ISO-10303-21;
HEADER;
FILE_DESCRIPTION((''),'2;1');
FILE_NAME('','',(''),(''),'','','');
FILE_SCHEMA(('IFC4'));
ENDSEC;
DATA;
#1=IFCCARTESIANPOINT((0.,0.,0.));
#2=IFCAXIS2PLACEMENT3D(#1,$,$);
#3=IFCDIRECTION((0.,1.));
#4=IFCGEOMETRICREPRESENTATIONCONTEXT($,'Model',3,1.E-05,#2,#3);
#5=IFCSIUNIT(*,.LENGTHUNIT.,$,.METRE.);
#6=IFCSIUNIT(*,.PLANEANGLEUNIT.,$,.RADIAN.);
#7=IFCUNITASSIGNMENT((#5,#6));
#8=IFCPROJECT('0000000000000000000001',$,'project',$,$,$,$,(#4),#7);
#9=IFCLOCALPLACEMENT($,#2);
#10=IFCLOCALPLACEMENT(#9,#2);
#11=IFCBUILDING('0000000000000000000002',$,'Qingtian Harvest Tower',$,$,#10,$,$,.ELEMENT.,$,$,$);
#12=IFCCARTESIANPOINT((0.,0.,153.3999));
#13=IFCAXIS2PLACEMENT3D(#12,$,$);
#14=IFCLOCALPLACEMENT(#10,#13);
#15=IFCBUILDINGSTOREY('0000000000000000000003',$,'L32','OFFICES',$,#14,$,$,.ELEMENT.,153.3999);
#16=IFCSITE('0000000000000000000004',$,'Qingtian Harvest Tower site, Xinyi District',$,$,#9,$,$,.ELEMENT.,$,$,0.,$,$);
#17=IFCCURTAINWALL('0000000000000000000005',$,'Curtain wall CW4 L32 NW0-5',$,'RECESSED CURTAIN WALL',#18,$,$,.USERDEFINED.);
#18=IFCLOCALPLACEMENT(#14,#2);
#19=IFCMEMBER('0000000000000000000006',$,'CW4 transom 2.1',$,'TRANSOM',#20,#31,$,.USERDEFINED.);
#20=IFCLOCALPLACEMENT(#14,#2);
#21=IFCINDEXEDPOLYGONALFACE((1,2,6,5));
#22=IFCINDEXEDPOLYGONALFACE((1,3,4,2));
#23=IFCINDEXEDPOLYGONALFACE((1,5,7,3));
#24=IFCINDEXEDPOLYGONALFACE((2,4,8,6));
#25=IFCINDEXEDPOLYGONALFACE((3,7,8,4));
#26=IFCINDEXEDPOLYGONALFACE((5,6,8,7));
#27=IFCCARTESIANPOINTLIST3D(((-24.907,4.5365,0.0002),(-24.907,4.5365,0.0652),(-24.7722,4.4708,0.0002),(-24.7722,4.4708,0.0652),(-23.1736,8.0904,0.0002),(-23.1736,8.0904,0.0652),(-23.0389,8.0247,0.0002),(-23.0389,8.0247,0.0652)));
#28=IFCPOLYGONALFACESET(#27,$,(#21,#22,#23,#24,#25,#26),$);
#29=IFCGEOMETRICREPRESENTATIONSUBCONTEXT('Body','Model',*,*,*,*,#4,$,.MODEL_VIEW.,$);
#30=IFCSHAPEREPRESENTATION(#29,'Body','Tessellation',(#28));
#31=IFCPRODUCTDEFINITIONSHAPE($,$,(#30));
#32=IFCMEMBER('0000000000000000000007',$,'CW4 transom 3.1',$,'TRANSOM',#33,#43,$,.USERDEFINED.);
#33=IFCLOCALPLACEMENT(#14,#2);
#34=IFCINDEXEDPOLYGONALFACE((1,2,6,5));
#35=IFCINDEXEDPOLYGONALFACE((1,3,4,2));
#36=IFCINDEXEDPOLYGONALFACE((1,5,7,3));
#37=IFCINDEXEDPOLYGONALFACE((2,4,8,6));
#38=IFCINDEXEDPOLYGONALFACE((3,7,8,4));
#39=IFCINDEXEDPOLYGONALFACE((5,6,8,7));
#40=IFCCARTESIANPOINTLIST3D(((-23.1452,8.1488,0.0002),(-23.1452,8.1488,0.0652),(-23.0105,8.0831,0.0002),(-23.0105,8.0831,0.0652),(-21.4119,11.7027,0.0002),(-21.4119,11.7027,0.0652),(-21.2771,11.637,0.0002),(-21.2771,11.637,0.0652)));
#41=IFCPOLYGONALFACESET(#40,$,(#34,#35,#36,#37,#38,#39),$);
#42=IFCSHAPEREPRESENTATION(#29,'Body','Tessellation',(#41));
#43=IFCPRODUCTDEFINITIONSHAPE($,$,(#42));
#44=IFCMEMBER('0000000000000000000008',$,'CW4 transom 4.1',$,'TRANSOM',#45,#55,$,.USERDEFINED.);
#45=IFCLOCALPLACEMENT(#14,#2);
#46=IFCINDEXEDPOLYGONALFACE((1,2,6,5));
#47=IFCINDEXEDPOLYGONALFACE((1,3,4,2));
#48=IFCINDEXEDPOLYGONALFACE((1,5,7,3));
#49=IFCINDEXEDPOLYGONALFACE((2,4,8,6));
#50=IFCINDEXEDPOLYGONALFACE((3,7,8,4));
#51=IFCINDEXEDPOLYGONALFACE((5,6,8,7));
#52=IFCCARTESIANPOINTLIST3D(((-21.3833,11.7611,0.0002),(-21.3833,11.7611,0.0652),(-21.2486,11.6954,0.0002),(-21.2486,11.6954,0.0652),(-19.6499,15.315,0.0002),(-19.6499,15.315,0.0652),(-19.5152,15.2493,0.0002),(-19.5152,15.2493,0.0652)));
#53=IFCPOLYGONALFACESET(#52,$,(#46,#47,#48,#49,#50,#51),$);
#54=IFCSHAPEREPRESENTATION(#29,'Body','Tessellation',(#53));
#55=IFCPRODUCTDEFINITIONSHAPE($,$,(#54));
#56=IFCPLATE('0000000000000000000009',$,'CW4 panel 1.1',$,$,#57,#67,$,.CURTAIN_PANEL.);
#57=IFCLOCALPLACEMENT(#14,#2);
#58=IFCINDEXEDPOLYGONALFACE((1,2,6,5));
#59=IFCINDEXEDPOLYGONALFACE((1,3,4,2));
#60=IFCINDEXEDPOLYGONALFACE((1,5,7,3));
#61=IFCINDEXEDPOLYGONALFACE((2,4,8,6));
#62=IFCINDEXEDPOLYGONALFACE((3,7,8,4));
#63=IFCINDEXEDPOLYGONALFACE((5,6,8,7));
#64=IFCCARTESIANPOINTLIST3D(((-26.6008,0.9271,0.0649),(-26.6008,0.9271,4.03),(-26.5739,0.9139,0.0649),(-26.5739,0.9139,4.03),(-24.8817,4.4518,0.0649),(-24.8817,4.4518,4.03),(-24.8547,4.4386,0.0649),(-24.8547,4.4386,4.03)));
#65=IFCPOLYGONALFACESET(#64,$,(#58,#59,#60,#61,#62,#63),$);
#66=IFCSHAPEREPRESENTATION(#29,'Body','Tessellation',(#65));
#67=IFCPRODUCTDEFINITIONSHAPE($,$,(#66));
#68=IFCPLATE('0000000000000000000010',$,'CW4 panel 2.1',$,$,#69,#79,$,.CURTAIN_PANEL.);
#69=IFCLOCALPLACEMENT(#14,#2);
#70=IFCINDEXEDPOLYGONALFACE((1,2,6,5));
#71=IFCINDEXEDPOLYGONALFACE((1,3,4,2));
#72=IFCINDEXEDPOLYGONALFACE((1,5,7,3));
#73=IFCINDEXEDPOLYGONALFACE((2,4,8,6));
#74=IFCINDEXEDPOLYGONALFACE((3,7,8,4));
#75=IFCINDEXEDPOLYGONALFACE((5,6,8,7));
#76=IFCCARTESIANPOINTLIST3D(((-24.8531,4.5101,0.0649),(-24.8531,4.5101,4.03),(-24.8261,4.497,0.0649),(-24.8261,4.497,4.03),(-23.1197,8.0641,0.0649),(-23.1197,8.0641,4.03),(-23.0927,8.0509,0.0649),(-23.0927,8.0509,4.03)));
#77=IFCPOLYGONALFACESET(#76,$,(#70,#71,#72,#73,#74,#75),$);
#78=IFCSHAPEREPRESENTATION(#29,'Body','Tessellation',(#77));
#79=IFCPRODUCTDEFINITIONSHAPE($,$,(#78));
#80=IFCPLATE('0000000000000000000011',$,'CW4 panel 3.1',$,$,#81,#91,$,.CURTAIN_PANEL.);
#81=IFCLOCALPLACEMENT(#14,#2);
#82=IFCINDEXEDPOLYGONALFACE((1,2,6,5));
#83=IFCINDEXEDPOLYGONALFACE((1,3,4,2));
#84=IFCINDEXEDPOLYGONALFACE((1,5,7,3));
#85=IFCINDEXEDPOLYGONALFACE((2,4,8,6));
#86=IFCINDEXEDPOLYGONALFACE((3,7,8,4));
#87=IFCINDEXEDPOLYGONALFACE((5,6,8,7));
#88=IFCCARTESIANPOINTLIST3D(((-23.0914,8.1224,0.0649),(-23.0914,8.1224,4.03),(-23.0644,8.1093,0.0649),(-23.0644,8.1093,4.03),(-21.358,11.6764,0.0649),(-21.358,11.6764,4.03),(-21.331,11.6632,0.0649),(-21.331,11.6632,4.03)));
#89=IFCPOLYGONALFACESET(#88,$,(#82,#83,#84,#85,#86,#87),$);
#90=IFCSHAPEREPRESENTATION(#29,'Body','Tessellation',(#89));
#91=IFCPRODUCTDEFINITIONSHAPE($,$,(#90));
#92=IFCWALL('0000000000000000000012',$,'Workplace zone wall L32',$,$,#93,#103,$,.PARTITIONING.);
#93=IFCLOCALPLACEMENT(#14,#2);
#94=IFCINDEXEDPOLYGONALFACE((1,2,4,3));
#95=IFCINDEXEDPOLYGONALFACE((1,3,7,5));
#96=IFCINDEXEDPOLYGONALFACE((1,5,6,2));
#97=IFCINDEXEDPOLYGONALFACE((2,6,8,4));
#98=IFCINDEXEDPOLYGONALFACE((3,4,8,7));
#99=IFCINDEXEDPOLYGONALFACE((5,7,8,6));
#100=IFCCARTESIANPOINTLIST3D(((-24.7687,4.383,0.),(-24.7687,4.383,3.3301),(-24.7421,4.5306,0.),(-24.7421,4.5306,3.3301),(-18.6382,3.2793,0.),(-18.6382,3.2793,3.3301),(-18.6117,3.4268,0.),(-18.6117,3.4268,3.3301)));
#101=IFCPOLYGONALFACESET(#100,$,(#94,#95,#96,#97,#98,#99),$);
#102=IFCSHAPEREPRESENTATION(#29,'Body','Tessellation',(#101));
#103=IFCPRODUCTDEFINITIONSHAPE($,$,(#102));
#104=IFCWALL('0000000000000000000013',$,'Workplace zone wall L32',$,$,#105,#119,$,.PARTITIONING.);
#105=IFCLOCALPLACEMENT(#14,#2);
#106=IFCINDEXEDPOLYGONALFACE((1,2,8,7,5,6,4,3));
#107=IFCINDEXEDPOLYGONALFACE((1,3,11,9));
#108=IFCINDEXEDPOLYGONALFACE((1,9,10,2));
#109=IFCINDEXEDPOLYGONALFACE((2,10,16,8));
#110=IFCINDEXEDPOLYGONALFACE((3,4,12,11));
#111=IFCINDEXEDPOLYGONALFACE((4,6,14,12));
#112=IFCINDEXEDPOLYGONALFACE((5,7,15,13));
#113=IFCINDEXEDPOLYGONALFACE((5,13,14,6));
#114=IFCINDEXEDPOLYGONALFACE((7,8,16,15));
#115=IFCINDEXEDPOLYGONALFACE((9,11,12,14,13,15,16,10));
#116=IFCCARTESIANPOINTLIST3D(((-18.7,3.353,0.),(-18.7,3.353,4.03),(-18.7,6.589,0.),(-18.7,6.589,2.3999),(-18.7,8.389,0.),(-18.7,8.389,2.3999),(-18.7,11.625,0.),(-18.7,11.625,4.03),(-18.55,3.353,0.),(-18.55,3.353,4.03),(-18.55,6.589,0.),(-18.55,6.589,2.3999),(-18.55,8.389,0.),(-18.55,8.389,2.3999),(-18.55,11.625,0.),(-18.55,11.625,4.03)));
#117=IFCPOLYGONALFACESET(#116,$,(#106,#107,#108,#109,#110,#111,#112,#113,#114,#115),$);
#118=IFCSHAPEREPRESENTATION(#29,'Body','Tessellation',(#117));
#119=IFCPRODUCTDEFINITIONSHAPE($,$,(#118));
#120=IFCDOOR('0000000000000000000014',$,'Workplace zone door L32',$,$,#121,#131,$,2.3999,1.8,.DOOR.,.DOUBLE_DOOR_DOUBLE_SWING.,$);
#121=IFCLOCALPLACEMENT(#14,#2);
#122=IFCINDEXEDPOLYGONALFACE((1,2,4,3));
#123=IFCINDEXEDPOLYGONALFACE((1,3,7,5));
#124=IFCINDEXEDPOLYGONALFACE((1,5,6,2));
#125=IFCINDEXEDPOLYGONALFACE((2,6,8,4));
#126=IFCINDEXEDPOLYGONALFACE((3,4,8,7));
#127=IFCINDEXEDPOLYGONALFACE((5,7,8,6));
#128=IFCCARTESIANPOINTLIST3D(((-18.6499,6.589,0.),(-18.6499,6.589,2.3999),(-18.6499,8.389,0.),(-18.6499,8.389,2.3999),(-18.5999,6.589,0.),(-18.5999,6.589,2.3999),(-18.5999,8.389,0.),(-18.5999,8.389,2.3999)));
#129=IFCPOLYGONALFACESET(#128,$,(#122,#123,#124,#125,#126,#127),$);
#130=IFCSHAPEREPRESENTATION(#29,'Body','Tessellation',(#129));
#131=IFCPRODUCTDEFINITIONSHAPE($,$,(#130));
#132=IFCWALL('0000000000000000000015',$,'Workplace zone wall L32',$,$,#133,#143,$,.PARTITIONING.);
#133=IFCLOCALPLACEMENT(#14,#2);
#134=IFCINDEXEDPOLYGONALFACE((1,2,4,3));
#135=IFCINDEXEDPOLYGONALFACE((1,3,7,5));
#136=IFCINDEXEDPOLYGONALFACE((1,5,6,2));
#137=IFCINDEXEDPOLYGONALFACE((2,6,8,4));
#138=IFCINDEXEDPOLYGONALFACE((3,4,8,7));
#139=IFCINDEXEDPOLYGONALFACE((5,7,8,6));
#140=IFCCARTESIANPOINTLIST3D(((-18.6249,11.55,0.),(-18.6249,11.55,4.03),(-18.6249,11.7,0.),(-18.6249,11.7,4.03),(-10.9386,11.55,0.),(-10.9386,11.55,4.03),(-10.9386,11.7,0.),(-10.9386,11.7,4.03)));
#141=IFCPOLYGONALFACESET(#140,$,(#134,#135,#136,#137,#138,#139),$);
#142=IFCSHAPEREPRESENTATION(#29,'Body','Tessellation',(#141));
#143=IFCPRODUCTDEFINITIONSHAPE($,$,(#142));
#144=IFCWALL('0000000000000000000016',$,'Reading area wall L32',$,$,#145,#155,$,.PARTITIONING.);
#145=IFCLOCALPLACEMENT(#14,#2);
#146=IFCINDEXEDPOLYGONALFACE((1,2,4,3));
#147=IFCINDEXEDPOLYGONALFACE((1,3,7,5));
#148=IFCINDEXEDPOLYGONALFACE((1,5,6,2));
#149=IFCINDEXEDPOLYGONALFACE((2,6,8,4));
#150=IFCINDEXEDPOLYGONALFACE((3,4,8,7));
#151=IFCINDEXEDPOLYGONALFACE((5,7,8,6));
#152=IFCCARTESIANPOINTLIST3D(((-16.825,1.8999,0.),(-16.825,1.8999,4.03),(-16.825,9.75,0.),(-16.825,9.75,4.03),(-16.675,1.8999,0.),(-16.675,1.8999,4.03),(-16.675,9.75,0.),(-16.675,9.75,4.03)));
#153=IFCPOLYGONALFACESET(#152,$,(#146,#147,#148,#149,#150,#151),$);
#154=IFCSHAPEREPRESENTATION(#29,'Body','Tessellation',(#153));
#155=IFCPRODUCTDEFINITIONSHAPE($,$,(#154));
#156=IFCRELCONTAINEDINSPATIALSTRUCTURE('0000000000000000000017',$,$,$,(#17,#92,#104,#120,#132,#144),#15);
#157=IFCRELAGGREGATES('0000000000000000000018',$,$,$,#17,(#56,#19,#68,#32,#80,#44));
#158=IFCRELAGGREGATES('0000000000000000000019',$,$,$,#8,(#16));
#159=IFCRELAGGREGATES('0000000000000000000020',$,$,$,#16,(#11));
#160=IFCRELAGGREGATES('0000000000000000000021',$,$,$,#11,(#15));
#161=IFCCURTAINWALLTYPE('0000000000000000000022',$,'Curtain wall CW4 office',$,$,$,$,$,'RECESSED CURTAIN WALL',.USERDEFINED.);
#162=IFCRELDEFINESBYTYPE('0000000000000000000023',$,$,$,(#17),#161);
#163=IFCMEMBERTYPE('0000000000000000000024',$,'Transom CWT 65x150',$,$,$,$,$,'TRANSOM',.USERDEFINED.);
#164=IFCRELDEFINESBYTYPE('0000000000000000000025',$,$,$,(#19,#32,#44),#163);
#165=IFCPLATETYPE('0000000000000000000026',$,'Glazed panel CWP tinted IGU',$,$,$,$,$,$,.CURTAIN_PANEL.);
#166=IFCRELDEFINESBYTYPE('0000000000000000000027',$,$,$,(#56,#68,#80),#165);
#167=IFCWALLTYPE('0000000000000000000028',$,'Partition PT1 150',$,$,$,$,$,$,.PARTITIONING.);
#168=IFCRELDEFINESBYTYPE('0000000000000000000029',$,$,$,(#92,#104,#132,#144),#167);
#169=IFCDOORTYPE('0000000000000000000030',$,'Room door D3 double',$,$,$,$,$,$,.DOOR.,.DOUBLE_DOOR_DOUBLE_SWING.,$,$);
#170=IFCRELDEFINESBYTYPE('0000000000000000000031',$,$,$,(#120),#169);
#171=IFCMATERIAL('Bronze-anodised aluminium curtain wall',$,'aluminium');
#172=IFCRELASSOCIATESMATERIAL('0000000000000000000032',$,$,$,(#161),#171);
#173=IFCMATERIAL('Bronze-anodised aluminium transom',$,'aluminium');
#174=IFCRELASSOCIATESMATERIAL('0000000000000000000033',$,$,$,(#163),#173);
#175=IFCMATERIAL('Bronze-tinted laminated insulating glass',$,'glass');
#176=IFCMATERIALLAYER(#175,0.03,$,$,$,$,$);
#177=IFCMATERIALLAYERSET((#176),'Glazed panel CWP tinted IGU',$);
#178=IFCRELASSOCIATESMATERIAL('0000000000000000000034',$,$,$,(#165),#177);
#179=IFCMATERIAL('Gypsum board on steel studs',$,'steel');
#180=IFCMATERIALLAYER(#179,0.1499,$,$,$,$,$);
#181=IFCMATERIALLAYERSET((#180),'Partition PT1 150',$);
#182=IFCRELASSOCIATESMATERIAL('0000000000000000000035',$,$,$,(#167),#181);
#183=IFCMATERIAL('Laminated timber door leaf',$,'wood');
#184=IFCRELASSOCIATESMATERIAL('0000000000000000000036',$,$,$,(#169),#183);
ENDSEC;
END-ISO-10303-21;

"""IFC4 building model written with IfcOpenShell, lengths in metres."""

from ifc_helpers import new_model, si_unit, direction, frame, frame_2d, origin, origin_2d, place, context, subcontext, project, spatial, rectangle, extrude, material, layer, layer_set, material_profile, profile_set, type_object, element, fill, aggregate, save


model = new_model("IFC4")

# Units and contexts
model_context = context("Model", 3, precision=1e-05, world=origin(), true_north=direction((0.0, 1.0)))
body_context = subcontext(model_context, "Body", "Model", "MODEL_VIEW")
ifc_project = project(units=[si_unit("LENGTHUNIT", "METRE"), si_unit("PLANEANGLEUNIT", "RADIAN")], contexts=[model_context])

# Site, building, storey
site_placement = place(None, origin())
site = spatial("IfcSite", under=ifc_project, at=site_placement, Name="Qingtian Harvest Tower site, Xinyi District", CompositionType="ELEMENT", RefElevation=0.0)
building_placement = place(site_placement, origin())
building = spatial("IfcBuilding", under=site, at=building_placement, Name="Qingtian Harvest Tower", CompositionType="ELEMENT")
storey_placement = place(building_placement, frame((0.0, 0.0, 153.3999)))
storey = spatial("IfcBuildingStorey", under=building, at=storey_placement, Name="L32", Description="OFFICES", CompositionType="ELEMENT", Elevation=153.3999)

# Shared definitions
ifc_material_1 = material(Name="Bronze-anodised aluminium curtain wall", Category="aluminium")
curtain_wall_type = type_object("IfcCurtainWallType", Name="Curtain wall CW4 office", ElementType="RECESSED CURTAIN WALL", PredefinedType="USERDEFINED", material=ifc_material_1)

# Curtain wall
curtain_wall_1_placement = place(storey_placement, origin())
curtain_wall_1 = element("IfcCurtainWall", 1, at=curtain_wall_1_placement, inside=storey, type_object=curtain_wall_type, Name="Curtain wall CW4 L32 NW0-5", ObjectType="RECESSED CURTAIN WALL", PredefinedType="USERDEFINED")

# Members
ifc_material_2 = material(Name="Bronze-anodised aluminium transom", Category="aluminium")
ifc_material_profile_1 = material_profile(ifc_material_2, rectangle(XDim=0.1499, YDim=0.0649, at=origin_2d()), Name="AL 65x150")
ifc_profile_set_1 = profile_set([ifc_material_profile_1], Name="Bronze-anodised aluminium transom")
member_type_1 = type_object("IfcMemberType", Name="Transom CWT 65x150", ElementType="TRANSOM", PredefinedType="USERDEFINED", material=ifc_profile_set_1)
member_1_placement = place(storey_placement, frame((-24.8396, 4.5037, 0.0327), z_axis=(0.438375, 0.898792, 0.0), x_axis=(-0.898792, 0.438375, 0.0)))
member_1 = element("IfcMember", 2, at=member_1_placement, type_object=member_type_1, Name="CW4 transom 2.1", ObjectType="TRANSOM", PredefinedType="USERDEFINED", context=body_context, shape_type="SweptSolid", body=[
    extrude(rectangle(XDim=0.1499, YDim=0.0649, at=origin_2d()), origin(), (0.0, 0.0, 1.0), 3.9541),
])
member_2_placement = place(storey_placement, frame((-23.0779, 8.116, 0.0327), z_axis=(0.438375, 0.898792, 0.0), x_axis=(-0.898792, 0.438375, 0.0)))
member_2 = element("IfcMember", 3, at=member_2_placement, type_object=member_type_1, Name="CW4 transom 3.1", ObjectType="TRANSOM", PredefinedType="USERDEFINED", context=body_context, shape_type="SweptSolid", body=[
    extrude(rectangle(XDim=0.1499, YDim=0.0649, at=origin_2d()), origin(), (0.0, 0.0, 1.0), 3.9541),
])
member_3_placement = place(storey_placement, frame((-21.3159, 11.7283, 0.0327), z_axis=(0.438375, 0.898792, 0.0), x_axis=(-0.898792, 0.438375, 0.0)))
member_3 = element("IfcMember", 4, at=member_3_placement, type_object=member_type_1, Name="CW4 transom 4.1", ObjectType="TRANSOM", PredefinedType="USERDEFINED", context=body_context, shape_type="SweptSolid", body=[
    extrude(rectangle(XDim=0.1499, YDim=0.0649, at=origin_2d()), origin(), (0.0, 0.0, 1.0), 3.9541),
])

# Plates
ifc_material_3 = material(Name="Bronze-tinted laminated insulating glass", Category="glass")
ifc_layer_1 = layer(ifc_material_3, 0.03)
ifc_layer_set_1 = layer_set([ifc_layer_1], Name="Glazed panel CWP tinted IGU")
plate_type = type_object("IfcPlateType", Name="Glazed panel CWP tinted IGU", PredefinedType="CURTAIN_PANEL", material=ifc_layer_set_1)
plate_1_placement = place(storey_placement, frame((-25.7278, 2.6829, 0.0649), z_axis=(0.0, 0.0, 1.0), x_axis=(0.438371, 0.898794, 0.0)))
plate_1 = element("IfcPlate", 5, at=plate_1_placement, type_object=plate_type, Name="CW4 panel 1.1", PredefinedType="CURTAIN_PANEL", context=body_context, shape_type="SweptSolid", body=[
    extrude(rectangle(XDim=3.9216, YDim=0.03, at=origin_2d()), origin(), (0.0, 0.0, 1.0), 3.9651),
])
plate_2_placement = place(storey_placement, frame((-23.9729, 6.2805, 0.0649), z_axis=(0.0, 0.0, 1.0), x_axis=(0.438371, 0.898794, 0.0)))
plate_2 = element("IfcPlate", 6, at=plate_2_placement, type_object=plate_type, Name="CW4 panel 2.1", PredefinedType="CURTAIN_PANEL", context=body_context, shape_type="SweptSolid", body=[
    extrude(rectangle(XDim=3.9541, YDim=0.03, at=origin_2d()), origin(), (0.0, 0.0, 1.0), 3.9651),
])
plate_3_placement = place(storey_placement, frame((-22.2112, 9.8928, 0.0649), z_axis=(0.0, 0.0, 1.0), x_axis=(0.438371, 0.898794, 0.0)))
plate_3 = element("IfcPlate", 7, at=plate_3_placement, type_object=plate_type, Name="CW4 panel 3.1", PredefinedType="CURTAIN_PANEL", context=body_context, shape_type="SweptSolid", body=[
    extrude(rectangle(XDim=3.9541, YDim=0.03, at=origin_2d()), origin(), (0.0, 0.0, 1.0), 3.9651),
])
aggregate(curtain_wall_1, [plate_1, member_1, plate_2, member_2, plate_3, member_3])

# Wall
ifc_material_4 = material(Name="Gypsum board on steel studs", Category="steel")
ifc_layer_2 = layer(ifc_material_4, 0.1499)
ifc_layer_set_2 = layer_set([ifc_layer_2], Name="Partition PT1 150")
wall_type = type_object("IfcWallType", Name="Partition PT1 150", PredefinedType="PARTITIONING", material=ifc_layer_set_2)
wall_1_placement = place(storey_placement, frame((-24.7554, 4.4568, 0.0), z_axis=(0.0, 0.0, 1.0), x_axis=(0.984175, -0.177199, 0.0)))
element("IfcWall", 8, at=wall_1_placement, inside=storey, type_object=wall_type, Name="Workplace zone wall L32", PredefinedType="PARTITIONING", context=body_context, shape_type="SweptSolid", body=[
    extrude(rectangle(XDim=6.229, YDim=0.1499, at=frame_2d((3.1145, 0.0))), origin(), (0.0, 0.0, 1.0), 3.3301),
])

# Wall, opening, door
wall_2_placement = place(storey_placement, frame((-18.625, 3.353, 0.0), z_axis=(0.0, 0.0, 1.0), x_axis=(0.0, 1.0, 0.0)))
wall_2 = element("IfcWall", 9, at=wall_2_placement, inside=storey, type_object=wall_type, Name="Workplace zone wall L32", PredefinedType="PARTITIONING", context=body_context, shape_type="SweptSolid", body=[
    extrude(rectangle(XDim=8.272, YDim=0.1499, at=frame_2d((4.136, 0.0))), origin(), (0.0, 0.0, 1.0), 4.03),
])
opening_placement = place(wall_2_placement, frame((3.2361, 0.0, 0.0)))
opening = element("IfcOpeningElement", 10, at=opening_placement, cuts=wall_2, PredefinedType="OPENING", context=body_context, shape_type="SweptSolid", body=[
    extrude(rectangle(XDim=1.8, YDim=2.3999, at=frame_2d((0.8999, 1.2))), frame((0.0, 0.085, 0.0), z_axis=(0.0, -1.0, 0.0), x_axis=(1.0, 0.0, 0.0)), (0.0, 0.0, 1.0), 0.1699),
])
ifc_material_5 = material(Name="Laminated timber door leaf", Category="wood")
door_type = type_object("IfcDoorType", Name="Room door D3 double", OperationType="DOUBLE_DOOR_DOUBLE_SWING", PredefinedType="DOOR", material=ifc_material_5)
door_placement = place(opening_placement, origin())
door = element("IfcDoor", 11, at=door_placement, inside=storey, type_object=door_type, Name="Workplace zone door L32", OperationType="DOUBLE_DOOR_DOUBLE_SWING", OverallHeight=2.3999, OverallWidth=1.8, PredefinedType="DOOR", context=body_context, shape_type="SweptSolid", body=[
    extrude(rectangle(XDim=1.8, YDim=2.3999, at=frame_2d((0.8999, 1.2))), frame((0.0, 0.0249, 0.0), z_axis=(0.0, -1.0, 0.0), x_axis=(1.0, 0.0, 0.0)), (0.0, 0.0, 1.0), 0.05),
])
fill(opening, door)

# Walls
wall_3_placement = place(storey_placement, frame((-18.625, 11.625, 0.0), z_axis=(0.0, 0.0, 1.0), x_axis=(1.0, 0.0, 0.0)))
element("IfcWall", 12, at=wall_3_placement, inside=storey, type_object=wall_type, Name="Workplace zone wall L32", PredefinedType="PARTITIONING", context=body_context, shape_type="SweptSolid", body=[
    extrude(rectangle(XDim=7.6863, YDim=0.1499, at=frame_2d((3.8433, 0.0))), origin(), (0.0, 0.0, 1.0), 4.03),
])
wall_4_placement = place(storey_placement, frame((-16.75, 1.8999, 0.0), z_axis=(0.0, 0.0, 1.0), x_axis=(0.0, 1.0, 0.0)))
element("IfcWall", 13, at=wall_4_placement, inside=storey, type_object=wall_type, Name="Reading area wall L32", PredefinedType="PARTITIONING", context=body_context, shape_type="SweptSolid", body=[
    extrude(rectangle(XDim=7.8501, YDim=0.1499, at=frame_2d((3.925, 0.0))), origin(), (0.0, 0.0, 1.0), 4.03),
])

save(model, "model.ifc")
